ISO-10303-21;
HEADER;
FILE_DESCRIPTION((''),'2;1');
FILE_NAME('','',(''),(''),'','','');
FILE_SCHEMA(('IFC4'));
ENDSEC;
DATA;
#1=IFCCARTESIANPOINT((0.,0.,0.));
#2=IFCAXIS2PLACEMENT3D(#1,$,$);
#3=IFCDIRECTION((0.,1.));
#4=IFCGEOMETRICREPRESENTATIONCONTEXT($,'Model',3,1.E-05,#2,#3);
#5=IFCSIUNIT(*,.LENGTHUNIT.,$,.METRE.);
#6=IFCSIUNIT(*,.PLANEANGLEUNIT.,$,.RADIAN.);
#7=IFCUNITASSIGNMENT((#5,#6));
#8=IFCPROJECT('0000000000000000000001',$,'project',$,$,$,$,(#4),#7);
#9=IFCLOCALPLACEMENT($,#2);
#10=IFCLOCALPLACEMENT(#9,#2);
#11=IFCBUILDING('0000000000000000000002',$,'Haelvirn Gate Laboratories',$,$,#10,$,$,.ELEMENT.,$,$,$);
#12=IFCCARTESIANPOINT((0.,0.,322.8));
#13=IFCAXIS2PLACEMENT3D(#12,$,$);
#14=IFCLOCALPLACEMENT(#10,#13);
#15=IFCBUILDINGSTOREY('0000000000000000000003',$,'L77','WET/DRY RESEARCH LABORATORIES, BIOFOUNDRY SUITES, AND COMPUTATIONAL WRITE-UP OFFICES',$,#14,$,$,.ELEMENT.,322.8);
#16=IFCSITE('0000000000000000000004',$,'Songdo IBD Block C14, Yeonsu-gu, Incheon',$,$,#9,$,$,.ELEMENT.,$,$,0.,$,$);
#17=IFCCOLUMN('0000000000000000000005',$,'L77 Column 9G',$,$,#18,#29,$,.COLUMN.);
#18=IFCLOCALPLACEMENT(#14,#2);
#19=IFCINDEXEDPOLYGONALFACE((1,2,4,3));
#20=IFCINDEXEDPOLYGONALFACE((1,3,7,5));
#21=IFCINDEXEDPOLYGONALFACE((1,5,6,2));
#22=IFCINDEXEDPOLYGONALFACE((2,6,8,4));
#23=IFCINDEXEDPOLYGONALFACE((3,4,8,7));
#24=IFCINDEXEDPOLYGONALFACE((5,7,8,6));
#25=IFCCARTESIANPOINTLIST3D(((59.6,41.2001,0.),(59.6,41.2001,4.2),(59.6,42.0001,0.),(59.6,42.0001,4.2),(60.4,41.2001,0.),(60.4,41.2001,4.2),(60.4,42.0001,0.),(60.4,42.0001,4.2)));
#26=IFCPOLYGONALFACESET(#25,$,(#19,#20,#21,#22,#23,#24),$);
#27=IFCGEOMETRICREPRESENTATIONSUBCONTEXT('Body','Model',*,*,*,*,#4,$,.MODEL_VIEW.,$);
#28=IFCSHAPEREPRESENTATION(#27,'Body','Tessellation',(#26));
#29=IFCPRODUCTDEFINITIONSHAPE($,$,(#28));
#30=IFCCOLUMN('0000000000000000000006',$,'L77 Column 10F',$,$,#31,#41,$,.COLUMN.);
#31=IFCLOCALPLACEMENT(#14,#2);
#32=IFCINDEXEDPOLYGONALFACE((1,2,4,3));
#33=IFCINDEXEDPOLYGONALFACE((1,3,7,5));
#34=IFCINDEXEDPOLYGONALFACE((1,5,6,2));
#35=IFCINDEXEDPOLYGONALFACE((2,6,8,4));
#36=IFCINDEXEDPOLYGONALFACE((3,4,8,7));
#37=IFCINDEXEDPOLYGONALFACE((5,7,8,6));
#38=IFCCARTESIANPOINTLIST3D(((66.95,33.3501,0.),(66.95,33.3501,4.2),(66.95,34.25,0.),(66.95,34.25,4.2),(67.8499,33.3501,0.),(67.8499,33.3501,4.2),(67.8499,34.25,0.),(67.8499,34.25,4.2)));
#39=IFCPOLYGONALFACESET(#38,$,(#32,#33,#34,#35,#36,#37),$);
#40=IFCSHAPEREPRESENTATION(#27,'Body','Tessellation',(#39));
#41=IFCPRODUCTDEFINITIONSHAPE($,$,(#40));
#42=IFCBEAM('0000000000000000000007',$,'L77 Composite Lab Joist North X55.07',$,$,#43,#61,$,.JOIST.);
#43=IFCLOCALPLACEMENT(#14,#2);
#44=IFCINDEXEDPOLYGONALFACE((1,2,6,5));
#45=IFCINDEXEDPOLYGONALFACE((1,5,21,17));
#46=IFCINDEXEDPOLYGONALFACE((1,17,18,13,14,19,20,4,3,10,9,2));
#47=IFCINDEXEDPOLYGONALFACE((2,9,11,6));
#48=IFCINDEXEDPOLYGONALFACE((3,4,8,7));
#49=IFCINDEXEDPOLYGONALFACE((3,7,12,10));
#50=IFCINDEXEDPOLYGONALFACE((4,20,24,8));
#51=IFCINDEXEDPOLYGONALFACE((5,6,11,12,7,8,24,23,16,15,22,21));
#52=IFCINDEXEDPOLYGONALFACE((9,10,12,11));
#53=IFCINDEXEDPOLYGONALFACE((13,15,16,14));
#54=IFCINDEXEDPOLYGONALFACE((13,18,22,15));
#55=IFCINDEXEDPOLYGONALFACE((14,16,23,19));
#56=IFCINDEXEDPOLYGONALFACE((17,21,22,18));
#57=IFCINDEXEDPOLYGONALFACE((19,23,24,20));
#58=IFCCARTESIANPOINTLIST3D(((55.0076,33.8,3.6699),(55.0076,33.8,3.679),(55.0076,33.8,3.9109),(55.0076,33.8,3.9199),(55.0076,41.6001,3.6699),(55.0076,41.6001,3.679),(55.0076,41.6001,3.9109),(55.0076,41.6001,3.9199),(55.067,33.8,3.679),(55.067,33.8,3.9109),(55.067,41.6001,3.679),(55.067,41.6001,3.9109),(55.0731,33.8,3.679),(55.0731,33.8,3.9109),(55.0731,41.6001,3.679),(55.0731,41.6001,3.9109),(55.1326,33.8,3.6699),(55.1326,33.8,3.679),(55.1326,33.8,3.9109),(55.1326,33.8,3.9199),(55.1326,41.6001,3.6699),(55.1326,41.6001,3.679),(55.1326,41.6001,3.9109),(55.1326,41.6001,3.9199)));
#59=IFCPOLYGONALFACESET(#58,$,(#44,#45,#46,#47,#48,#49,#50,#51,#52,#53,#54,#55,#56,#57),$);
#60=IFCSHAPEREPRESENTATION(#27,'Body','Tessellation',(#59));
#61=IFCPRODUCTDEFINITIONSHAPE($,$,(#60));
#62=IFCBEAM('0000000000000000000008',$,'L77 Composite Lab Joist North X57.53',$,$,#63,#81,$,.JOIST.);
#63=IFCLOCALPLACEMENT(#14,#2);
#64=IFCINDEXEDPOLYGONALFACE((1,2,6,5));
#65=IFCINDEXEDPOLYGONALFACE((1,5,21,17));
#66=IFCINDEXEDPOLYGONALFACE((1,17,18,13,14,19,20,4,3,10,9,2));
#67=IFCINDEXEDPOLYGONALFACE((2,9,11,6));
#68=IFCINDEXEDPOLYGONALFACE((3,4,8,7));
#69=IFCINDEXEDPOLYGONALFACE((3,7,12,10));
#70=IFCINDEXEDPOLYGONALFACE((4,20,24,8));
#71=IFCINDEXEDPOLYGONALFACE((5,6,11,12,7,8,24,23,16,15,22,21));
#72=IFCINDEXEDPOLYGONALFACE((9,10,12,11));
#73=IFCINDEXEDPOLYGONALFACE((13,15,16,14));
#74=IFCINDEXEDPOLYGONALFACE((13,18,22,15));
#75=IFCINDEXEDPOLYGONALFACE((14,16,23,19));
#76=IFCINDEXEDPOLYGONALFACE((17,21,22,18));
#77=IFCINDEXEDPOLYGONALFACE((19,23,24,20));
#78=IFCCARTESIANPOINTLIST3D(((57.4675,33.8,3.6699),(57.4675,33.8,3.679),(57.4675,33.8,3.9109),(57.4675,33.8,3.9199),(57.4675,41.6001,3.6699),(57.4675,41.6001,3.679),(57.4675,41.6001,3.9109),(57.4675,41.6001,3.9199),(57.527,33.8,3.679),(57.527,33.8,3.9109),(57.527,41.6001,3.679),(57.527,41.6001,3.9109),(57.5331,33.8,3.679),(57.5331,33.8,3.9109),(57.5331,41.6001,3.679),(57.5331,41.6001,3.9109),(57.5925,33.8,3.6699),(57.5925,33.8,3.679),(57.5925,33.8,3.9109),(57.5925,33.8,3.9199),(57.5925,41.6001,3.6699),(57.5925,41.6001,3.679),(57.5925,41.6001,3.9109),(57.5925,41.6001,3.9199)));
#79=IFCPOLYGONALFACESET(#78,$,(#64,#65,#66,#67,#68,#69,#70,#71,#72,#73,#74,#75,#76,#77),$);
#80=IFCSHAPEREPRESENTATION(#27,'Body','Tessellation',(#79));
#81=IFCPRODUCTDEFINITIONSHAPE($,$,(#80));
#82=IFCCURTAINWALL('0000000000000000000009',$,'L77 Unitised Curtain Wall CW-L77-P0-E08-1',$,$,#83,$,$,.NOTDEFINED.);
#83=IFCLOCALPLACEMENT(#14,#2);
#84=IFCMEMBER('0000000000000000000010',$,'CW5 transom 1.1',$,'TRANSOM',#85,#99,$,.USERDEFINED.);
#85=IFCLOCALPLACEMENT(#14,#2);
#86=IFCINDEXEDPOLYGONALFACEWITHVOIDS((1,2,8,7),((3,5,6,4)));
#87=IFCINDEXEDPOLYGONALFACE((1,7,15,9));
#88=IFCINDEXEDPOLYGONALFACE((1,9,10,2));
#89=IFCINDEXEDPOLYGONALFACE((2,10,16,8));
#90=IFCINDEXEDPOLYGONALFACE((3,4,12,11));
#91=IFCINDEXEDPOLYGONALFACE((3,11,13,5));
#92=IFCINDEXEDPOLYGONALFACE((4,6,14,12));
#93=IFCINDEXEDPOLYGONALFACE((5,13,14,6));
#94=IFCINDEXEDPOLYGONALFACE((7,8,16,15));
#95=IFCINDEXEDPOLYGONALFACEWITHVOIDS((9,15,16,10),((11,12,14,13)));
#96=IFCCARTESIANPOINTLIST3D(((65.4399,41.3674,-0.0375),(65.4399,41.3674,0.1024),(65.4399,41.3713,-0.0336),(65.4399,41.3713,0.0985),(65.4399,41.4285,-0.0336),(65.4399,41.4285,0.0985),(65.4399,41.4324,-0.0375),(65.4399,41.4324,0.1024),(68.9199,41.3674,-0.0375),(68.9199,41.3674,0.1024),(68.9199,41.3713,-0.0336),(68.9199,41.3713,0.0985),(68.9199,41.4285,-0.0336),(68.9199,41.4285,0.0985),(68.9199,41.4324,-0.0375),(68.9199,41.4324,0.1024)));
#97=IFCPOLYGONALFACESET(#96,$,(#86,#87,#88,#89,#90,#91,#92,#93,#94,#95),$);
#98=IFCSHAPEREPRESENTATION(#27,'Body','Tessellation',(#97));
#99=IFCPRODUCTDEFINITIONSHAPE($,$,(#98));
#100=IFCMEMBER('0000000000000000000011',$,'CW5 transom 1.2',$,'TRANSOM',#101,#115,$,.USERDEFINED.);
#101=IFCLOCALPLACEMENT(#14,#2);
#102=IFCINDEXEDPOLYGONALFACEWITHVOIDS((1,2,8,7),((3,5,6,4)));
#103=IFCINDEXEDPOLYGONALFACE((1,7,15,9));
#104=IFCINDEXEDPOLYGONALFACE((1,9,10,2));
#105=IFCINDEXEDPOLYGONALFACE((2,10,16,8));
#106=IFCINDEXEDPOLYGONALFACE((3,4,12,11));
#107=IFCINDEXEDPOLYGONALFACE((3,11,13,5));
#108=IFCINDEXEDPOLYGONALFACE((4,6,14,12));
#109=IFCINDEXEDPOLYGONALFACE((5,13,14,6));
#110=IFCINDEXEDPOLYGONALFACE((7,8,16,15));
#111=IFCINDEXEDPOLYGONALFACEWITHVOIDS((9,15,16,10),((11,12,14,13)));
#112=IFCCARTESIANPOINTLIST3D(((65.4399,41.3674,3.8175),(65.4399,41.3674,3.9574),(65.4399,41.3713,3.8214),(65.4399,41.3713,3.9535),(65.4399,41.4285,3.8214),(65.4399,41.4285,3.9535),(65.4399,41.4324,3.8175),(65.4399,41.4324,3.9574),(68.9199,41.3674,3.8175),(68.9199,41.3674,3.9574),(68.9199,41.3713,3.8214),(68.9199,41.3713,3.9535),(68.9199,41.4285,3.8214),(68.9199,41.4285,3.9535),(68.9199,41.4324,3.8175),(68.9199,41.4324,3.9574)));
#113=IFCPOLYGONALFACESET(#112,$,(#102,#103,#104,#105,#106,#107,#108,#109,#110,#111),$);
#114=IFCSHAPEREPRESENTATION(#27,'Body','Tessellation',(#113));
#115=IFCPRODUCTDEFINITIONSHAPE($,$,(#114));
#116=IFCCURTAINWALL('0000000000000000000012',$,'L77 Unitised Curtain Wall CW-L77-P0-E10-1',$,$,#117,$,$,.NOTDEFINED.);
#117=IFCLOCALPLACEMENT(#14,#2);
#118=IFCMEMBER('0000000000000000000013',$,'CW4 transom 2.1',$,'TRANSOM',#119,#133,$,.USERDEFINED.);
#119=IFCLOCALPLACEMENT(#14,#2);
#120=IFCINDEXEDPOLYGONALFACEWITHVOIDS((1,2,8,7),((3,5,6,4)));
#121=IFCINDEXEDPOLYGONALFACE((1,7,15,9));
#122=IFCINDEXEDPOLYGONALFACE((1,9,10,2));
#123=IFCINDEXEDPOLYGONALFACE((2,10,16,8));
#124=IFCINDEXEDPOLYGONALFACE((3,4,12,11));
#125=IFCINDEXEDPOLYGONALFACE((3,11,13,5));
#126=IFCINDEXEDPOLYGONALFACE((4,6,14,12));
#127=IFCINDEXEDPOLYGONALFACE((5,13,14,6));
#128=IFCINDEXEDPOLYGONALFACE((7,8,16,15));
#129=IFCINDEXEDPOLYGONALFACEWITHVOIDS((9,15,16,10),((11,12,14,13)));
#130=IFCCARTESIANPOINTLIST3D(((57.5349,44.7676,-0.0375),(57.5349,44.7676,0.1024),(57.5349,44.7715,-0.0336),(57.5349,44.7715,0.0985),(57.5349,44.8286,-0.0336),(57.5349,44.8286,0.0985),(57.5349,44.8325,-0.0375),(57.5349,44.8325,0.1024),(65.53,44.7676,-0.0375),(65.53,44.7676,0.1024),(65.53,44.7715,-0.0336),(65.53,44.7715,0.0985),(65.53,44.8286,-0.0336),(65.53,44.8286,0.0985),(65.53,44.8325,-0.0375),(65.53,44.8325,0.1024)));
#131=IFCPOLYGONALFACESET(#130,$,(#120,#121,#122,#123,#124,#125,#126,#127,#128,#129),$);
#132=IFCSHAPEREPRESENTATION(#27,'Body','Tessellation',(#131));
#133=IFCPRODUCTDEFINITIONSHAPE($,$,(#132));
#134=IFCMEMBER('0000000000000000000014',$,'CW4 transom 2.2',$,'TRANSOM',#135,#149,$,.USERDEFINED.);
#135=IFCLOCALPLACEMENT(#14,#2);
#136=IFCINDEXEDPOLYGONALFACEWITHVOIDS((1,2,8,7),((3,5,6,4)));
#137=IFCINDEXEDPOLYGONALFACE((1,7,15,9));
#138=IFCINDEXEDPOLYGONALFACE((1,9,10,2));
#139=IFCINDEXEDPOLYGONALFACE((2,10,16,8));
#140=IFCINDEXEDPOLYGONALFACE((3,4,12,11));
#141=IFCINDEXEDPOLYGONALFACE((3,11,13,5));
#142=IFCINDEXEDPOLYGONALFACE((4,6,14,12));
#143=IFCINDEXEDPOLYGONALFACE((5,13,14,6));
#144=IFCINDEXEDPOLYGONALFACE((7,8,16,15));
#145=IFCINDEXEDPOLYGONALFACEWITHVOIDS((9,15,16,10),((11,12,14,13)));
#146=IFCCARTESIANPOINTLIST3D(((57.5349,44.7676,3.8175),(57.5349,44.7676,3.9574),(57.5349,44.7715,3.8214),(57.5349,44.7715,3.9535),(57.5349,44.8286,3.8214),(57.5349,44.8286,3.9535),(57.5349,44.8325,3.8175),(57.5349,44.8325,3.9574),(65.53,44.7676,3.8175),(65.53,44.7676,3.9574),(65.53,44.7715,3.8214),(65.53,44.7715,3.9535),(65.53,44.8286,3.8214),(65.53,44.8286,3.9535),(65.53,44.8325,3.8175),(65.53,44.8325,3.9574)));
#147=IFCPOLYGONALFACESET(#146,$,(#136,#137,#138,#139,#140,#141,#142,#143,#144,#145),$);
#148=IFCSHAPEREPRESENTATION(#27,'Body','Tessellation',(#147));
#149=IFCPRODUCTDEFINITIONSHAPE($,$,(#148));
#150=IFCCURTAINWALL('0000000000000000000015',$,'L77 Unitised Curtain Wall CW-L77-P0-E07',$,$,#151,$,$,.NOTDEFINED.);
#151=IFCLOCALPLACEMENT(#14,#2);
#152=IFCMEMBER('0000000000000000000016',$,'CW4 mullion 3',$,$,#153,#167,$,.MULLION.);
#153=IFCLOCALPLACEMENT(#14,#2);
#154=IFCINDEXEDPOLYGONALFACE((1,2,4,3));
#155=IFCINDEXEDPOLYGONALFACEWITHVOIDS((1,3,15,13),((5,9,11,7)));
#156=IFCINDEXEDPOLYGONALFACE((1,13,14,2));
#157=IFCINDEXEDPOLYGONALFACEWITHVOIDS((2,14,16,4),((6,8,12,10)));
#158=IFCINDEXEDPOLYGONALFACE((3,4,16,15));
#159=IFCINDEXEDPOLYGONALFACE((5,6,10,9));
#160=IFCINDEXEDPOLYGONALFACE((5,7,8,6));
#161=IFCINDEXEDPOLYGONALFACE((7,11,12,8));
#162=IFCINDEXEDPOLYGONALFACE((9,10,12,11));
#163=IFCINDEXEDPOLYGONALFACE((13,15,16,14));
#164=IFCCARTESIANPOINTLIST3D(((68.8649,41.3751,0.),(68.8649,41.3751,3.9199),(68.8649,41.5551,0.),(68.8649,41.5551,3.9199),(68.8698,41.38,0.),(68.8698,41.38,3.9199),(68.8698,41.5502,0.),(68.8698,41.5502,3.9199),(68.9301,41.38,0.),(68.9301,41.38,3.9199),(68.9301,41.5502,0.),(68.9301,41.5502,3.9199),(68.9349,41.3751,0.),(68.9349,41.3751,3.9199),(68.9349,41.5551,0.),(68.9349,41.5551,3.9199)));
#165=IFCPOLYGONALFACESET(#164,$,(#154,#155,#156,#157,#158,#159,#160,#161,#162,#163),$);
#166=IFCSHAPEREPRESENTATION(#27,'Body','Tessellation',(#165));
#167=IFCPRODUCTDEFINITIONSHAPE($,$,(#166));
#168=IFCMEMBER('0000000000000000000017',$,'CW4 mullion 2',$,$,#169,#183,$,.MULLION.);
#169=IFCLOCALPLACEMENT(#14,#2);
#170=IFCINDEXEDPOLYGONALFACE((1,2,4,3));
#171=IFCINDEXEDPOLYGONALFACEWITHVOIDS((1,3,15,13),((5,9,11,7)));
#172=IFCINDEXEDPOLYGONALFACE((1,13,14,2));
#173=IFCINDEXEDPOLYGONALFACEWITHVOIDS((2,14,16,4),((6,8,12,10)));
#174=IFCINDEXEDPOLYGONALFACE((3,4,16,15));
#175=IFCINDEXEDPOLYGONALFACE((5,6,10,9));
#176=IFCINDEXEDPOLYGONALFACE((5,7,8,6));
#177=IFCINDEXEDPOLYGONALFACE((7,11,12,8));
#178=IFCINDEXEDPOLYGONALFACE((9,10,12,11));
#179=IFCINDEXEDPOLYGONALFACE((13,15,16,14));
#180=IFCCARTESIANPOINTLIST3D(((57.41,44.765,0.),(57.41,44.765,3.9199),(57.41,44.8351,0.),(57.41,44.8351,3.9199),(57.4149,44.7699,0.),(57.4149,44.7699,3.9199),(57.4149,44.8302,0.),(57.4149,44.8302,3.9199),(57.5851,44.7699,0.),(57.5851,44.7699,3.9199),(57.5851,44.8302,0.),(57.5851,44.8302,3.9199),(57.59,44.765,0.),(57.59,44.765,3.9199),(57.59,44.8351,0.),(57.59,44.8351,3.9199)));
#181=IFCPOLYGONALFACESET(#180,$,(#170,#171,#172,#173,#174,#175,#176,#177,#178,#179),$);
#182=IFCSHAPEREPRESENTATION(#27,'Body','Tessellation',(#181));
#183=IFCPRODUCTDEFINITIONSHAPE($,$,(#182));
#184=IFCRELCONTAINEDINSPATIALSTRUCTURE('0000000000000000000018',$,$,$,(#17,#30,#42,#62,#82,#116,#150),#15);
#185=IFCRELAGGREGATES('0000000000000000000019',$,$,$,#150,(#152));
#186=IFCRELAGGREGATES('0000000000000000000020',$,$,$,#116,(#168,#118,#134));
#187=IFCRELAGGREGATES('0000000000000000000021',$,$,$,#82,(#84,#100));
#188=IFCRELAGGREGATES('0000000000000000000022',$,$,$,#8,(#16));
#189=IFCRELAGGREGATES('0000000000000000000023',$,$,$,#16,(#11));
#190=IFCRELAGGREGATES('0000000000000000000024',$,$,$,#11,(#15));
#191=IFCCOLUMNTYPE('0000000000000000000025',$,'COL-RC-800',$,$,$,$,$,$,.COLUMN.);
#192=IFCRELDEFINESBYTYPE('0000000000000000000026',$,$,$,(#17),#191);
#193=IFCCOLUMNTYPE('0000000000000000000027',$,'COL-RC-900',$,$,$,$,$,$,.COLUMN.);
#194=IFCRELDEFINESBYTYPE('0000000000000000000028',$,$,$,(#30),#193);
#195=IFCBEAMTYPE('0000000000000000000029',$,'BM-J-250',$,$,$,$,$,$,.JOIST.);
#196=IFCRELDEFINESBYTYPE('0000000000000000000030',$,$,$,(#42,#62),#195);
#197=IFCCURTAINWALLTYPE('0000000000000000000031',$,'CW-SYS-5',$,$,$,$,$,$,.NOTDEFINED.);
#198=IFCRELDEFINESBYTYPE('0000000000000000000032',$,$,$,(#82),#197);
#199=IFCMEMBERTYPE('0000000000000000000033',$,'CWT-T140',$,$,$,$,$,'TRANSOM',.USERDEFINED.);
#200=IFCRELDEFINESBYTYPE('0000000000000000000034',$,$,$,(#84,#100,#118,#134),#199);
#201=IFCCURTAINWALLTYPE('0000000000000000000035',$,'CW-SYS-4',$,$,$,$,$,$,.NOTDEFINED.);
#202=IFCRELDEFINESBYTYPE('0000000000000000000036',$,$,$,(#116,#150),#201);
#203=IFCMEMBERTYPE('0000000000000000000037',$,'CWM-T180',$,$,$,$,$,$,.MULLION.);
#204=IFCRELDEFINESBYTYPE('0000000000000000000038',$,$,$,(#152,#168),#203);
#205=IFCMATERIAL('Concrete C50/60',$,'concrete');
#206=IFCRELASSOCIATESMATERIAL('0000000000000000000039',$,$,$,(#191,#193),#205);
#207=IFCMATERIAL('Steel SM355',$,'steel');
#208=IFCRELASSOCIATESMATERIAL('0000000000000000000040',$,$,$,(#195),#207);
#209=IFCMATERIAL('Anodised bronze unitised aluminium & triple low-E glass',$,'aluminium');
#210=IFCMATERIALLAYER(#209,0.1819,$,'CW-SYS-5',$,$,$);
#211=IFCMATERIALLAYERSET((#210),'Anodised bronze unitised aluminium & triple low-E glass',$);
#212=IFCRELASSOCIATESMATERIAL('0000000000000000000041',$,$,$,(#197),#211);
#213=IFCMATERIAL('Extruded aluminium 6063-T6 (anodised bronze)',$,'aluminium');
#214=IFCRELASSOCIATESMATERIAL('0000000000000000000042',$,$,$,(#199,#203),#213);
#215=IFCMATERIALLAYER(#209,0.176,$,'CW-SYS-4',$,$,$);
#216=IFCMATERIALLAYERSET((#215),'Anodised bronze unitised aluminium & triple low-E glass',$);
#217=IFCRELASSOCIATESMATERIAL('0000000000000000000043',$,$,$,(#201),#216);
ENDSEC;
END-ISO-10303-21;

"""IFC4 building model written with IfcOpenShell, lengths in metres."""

from ifc_helpers import new_model, si_unit, direction, frame, origin, origin_2d, place, context, subcontext, project, spatial, rectangle, hollow_rectangle, i_section, extrude, source, transform, mapped, material, layer, layer_set, material_profile, profile_set, type_object, type_shapes, element, aggregate, save


model = new_model("IFC4")

# Units and contexts
model_context = context("Model", 3, precision=1e-05, world=origin(), true_north=direction((0.0, 1.0)))
body_context = subcontext(model_context, "Body", "Model", "MODEL_VIEW")
ifc_project = project(units=[si_unit("LENGTHUNIT", "METRE"), si_unit("PLANEANGLEUNIT", "RADIAN")], contexts=[model_context])

# Site, building, storey
site_placement = place(None, origin())
site = spatial("IfcSite", under=ifc_project, at=site_placement, Name="Songdo IBD Block C14, Yeonsu-gu, Incheon", CompositionType="ELEMENT", RefElevation=0.0)
building_placement = place(site_placement, origin())
building = spatial("IfcBuilding", under=site, at=building_placement, Name="Haelvirn Gate Laboratories", CompositionType="ELEMENT")
storey_placement = place(building_placement, frame((0.0, 0.0, 322.8)))
storey = spatial("IfcBuildingStorey", under=building, at=storey_placement, Name="L77", Description="WET/DRY RESEARCH LABORATORIES, BIOFOUNDRY SUITES, AND COMPUTATIONAL WRITE-UP OFFICES", CompositionType="ELEMENT", Elevation=322.8)

# Columns
ifc_material_1 = material(Name="Concrete C50/60", Category="concrete")
ifc_material_profile_1 = material_profile(ifc_material_1, rectangle(XDim=0.8, YDim=0.8, at=origin_2d()), Name="RC-800x800")
ifc_profile_set_1 = profile_set([ifc_material_profile_1], Name="Concrete C50/60")
column_type_1 = type_object("IfcColumnType", Name="COL-RC-800", PredefinedType="COLUMN", material=ifc_profile_set_1)
shared_shape_1 = source(origin(), body_context, "Body", "SweptSolid", [
    extrude(rectangle(XDim=0.8, YDim=0.8, at=origin_2d()), origin(), (0.0, 0.0, 1.0), 4.2),
])
type_shapes(column_type_1, [shared_shape_1])
column_1_placement = place(storey_placement, frame((60.0, 41.6001, 0.0), z_axis=(0.0, 0.0, 1.0), x_axis=(1.0, 0.0, 0.0)))
element("IfcColumn", 1, at=column_1_placement, inside=storey, type_object=column_type_1, Name="L77 Column 9G", PredefinedType="COLUMN", context=body_context, shape_type="MappedRepresentation", body=[
    mapped(shared_shape_1, transform((0.0, 0.0, 0.0), scale=1.0)),
])
ifc_material_profile_2 = material_profile(ifc_material_1, rectangle(XDim=0.8999, YDim=0.8999, at=origin_2d()), Name="RC-900x900")
ifc_profile_set_2 = profile_set([ifc_material_profile_2], Name="Concrete C50/60")
column_type_2 = type_object("IfcColumnType", Name="COL-RC-900", PredefinedType="COLUMN", material=ifc_profile_set_2)
shared_shape_2 = source(origin(), body_context, "Body", "SweptSolid", [
    extrude(rectangle(XDim=0.8999, YDim=0.8999, at=origin_2d()), origin(), (0.0, 0.0, 1.0), 4.2),
])
type_shapes(column_type_2, [shared_shape_2])
column_2_placement = place(storey_placement, frame((67.3999, 33.8, 0.0), z_axis=(0.0, 0.0, 1.0), x_axis=(1.0, 0.0, 0.0)))
element("IfcColumn", 2, at=column_2_placement, inside=storey, type_object=column_type_2, Name="L77 Column 10F", PredefinedType="COLUMN", context=body_context, shape_type="MappedRepresentation", body=[
    mapped(shared_shape_2, transform((0.0, 0.0, 0.0), scale=1.0)),
])

# Beams
ifc_material_2 = material(Name="Steel SM355", Category="steel")
ifc_material_profile_3 = material_profile(ifc_material_2, i_section(OverallWidth=0.125, OverallDepth=0.25, WebThickness=0.0061, FlangeThickness=0.009, at=origin_2d()), Name="H-250x125x6x9")
ifc_profile_set_3 = profile_set([ifc_material_profile_3], Name="Steel SM355")
beam_type = type_object("IfcBeamType", Name="BM-J-250", PredefinedType="JOIST", material=ifc_profile_set_3)
shared_shape_3 = source(origin(), body_context, "Body", "SweptSolid", [
    extrude(i_section(OverallWidth=0.125, OverallDepth=0.25, WebThickness=0.0061, FlangeThickness=0.009, at=origin_2d()), origin(), (0.0, 0.0, 1.0), 7.8),
])
type_shapes(beam_type, [shared_shape_3])
for number, where, z_axis, x_axis, name in (
    (3, (55.0701, 33.8, 3.7949), (0.0, 1.0, 0.0), (-1.0, 0.0, 0.0), "L77 Composite Lab Joist North X55.07"),
    (4, (57.53, 33.8, 3.7949), (0.0, 1.0, 0.0), (-1.0, 0.0, 0.0), "L77 Composite Lab Joist North X57.53"),
):
    element("IfcBeam", number, at=place(storey_placement, frame(where, z_axis=z_axis, x_axis=x_axis)), inside=storey, type_object=beam_type, Name=name, PredefinedType="JOIST", context=body_context, shape_type="MappedRepresentation", body=[
        mapped(shared_shape_3, transform((0.0, 0.0, 0.0), scale=1.0)),
    ])

# Curtain walls, members
ifc_material_3 = material(Name="Anodised bronze unitised aluminium & triple low-E glass", Category="aluminium")
ifc_layer_1 = layer(ifc_material_3, 0.1819, Name="CW-SYS-5")
ifc_layer_set_1 = layer_set([ifc_layer_1], Name="Anodised bronze unitised aluminium & triple low-E glass")
curtain_wall_type_1 = type_object("IfcCurtainWallType", Name="CW-SYS-5", PredefinedType="NOTDEFINED", material=ifc_layer_set_1)
curtain_wall_1_placement = place(storey_placement, origin())
curtain_wall_1 = element("IfcCurtainWall", 5, at=curtain_wall_1_placement, inside=storey, type_object=curtain_wall_type_1, Name="L77 Unitised Curtain Wall CW-L77-P0-E08-1", PredefinedType="NOTDEFINED")
ifc_material_4 = material(Name="Extruded aluminium 6063-T6 (anodised bronze)", Category="aluminium")
ifc_material_profile_4 = material_profile(ifc_material_4, hollow_rectangle(XDim=0.0649, YDim=0.1399, WallThickness=0.0039, at=origin_2d()), Name="CWT-140x65x4")
ifc_profile_set_4 = profile_set([ifc_material_profile_4], Name="Extruded aluminium 6063-T6 (anodised bronze)")
member_type_1 = type_object("IfcMemberType", Name="CWT-T140", ElementType="TRANSOM", PredefinedType="USERDEFINED", material=ifc_profile_set_4)
shared_shape_4 = source(origin(), body_context, "Body", "SweptSolid", [
    extrude(hollow_rectangle(XDim=0.0649, YDim=0.1399, WallThickness=0.0039, at=origin_2d()), origin(), (0.0, 0.0, 1.0), 3.48),
])
member_1_placement = place(storey_placement, frame((65.4399, 41.3999, 0.0325), z_axis=(1.0, 0.0, 0.0), x_axis=(0.0, 1.0, 0.0)))
member_1 = element("IfcMember", 6, at=member_1_placement, type_object=member_type_1, Name="CW5 transom 1.1", ObjectType="TRANSOM", PredefinedType="USERDEFINED", context=body_context, shape_type="MappedRepresentation", body=[
    mapped(shared_shape_4, transform((0.0, 0.0, 0.0), scale=1.0)),
])
member_2_placement = place(storey_placement, frame((65.4399, 41.3999, 3.8875), z_axis=(1.0, 0.0, 0.0), x_axis=(0.0, 1.0, 0.0)))
member_2 = element("IfcMember", 7, at=member_2_placement, type_object=member_type_1, Name="CW5 transom 1.2", ObjectType="TRANSOM", PredefinedType="USERDEFINED", context=body_context, shape_type="MappedRepresentation", body=[
    mapped(shared_shape_4, transform((0.0, 0.0, 0.0), scale=1.0)),
])
ifc_layer_2 = layer(ifc_material_3, 0.176, Name="CW-SYS-4")
ifc_layer_set_2 = layer_set([ifc_layer_2], Name="Anodised bronze unitised aluminium & triple low-E glass")
curtain_wall_type_2 = type_object("IfcCurtainWallType", Name="CW-SYS-4", PredefinedType="NOTDEFINED", material=ifc_layer_set_2)
curtain_wall_2_placement = place(storey_placement, origin())
curtain_wall_2 = element("IfcCurtainWall", 8, at=curtain_wall_2_placement, inside=storey, type_object=curtain_wall_type_2, Name="L77 Unitised Curtain Wall CW-L77-P0-E10-1", PredefinedType="NOTDEFINED")
shared_shape_5 = source(origin(), body_context, "Body", "SweptSolid", [
    extrude(hollow_rectangle(XDim=0.0649, YDim=0.1399, WallThickness=0.0039, at=origin_2d()), origin(), (0.0, 0.0, 1.0), 7.9951),
])
type_shapes(member_type_1, [shared_shape_4, shared_shape_5])
member_3_placement = place(storey_placement, frame((57.5349, 44.8, 0.0325), z_axis=(1.0, 0.0, 0.0), x_axis=(0.0, 1.0, 0.0)))
member_3 = element("IfcMember", 9, at=member_3_placement, type_object=member_type_1, Name="CW4 transom 2.1", ObjectType="TRANSOM", PredefinedType="USERDEFINED", context=body_context, shape_type="MappedRepresentation", body=[
    mapped(shared_shape_5, transform((0.0, 0.0, 0.0), scale=1.0)),
])
member_4_placement = place(storey_placement, frame((57.5349, 44.8, 3.8875), z_axis=(1.0, 0.0, 0.0), x_axis=(0.0, 1.0, 0.0)))
member_4 = element("IfcMember", 10, at=member_4_placement, type_object=member_type_1, Name="CW4 transom 2.2", ObjectType="TRANSOM", PredefinedType="USERDEFINED", context=body_context, shape_type="MappedRepresentation", body=[
    mapped(shared_shape_5, transform((0.0, 0.0, 0.0), scale=1.0)),
])

# Curtain wall, member
curtain_wall_3_placement = place(storey_placement, origin())
curtain_wall_3 = element("IfcCurtainWall", 11, at=curtain_wall_3_placement, inside=storey, type_object=curtain_wall_type_2, Name="L77 Unitised Curtain Wall CW-L77-P0-E07", PredefinedType="NOTDEFINED")
ifc_material_profile_5 = material_profile(ifc_material_4, hollow_rectangle(XDim=0.0701, YDim=0.1799, WallThickness=0.0049, at=origin_2d()), Name="CWM-180x70x5")
ifc_profile_set_5 = profile_set([ifc_material_profile_5], Name="Extruded aluminium 6063-T6 (anodised bronze)")
member_type_2 = type_object("IfcMemberType", Name="CWM-T180", PredefinedType="MULLION", material=ifc_profile_set_5)
shared_shape_6 = source(origin(), body_context, "Body", "SweptSolid", [
    extrude(hollow_rectangle(XDim=0.0701, YDim=0.1799, WallThickness=0.0049, at=origin_2d()), origin(), (0.0, 0.0, 1.0), 3.9199),
])
type_shapes(member_type_2, [shared_shape_6])
member_5_placement = place(storey_placement, frame((68.8999, 41.4651, 0.0), z_axis=(0.0, 0.0, 1.0), x_axis=(-1.0, 0.0, 0.0)))
member_5 = element("IfcMember", 12, at=member_5_placement, type_object=member_type_2, Name="CW4 mullion 3", PredefinedType="MULLION", context=body_context, shape_type="MappedRepresentation", body=[
    mapped(shared_shape_6, transform((0.0, 0.0, 0.0), scale=1.0)),
])
aggregate(curtain_wall_3, [member_5])

# Member
member_6_placement = place(storey_placement, frame((57.5, 44.8, 0.0), z_axis=(0.0, 0.0, 1.0), x_axis=(0.0, 1.0, 0.0)))
member_6 = element("IfcMember", 13, at=member_6_placement, type_object=member_type_2, Name="CW4 mullion 2", PredefinedType="MULLION", context=body_context, shape_type="MappedRepresentation", body=[
    mapped(shared_shape_6, transform((0.0, 0.0, 0.0), scale=1.0)),
])

aggregate(curtain_wall_2, [member_6, member_3, member_4])
aggregate(curtain_wall_1, [member_1, member_2])

save(model, "model.ifc")
